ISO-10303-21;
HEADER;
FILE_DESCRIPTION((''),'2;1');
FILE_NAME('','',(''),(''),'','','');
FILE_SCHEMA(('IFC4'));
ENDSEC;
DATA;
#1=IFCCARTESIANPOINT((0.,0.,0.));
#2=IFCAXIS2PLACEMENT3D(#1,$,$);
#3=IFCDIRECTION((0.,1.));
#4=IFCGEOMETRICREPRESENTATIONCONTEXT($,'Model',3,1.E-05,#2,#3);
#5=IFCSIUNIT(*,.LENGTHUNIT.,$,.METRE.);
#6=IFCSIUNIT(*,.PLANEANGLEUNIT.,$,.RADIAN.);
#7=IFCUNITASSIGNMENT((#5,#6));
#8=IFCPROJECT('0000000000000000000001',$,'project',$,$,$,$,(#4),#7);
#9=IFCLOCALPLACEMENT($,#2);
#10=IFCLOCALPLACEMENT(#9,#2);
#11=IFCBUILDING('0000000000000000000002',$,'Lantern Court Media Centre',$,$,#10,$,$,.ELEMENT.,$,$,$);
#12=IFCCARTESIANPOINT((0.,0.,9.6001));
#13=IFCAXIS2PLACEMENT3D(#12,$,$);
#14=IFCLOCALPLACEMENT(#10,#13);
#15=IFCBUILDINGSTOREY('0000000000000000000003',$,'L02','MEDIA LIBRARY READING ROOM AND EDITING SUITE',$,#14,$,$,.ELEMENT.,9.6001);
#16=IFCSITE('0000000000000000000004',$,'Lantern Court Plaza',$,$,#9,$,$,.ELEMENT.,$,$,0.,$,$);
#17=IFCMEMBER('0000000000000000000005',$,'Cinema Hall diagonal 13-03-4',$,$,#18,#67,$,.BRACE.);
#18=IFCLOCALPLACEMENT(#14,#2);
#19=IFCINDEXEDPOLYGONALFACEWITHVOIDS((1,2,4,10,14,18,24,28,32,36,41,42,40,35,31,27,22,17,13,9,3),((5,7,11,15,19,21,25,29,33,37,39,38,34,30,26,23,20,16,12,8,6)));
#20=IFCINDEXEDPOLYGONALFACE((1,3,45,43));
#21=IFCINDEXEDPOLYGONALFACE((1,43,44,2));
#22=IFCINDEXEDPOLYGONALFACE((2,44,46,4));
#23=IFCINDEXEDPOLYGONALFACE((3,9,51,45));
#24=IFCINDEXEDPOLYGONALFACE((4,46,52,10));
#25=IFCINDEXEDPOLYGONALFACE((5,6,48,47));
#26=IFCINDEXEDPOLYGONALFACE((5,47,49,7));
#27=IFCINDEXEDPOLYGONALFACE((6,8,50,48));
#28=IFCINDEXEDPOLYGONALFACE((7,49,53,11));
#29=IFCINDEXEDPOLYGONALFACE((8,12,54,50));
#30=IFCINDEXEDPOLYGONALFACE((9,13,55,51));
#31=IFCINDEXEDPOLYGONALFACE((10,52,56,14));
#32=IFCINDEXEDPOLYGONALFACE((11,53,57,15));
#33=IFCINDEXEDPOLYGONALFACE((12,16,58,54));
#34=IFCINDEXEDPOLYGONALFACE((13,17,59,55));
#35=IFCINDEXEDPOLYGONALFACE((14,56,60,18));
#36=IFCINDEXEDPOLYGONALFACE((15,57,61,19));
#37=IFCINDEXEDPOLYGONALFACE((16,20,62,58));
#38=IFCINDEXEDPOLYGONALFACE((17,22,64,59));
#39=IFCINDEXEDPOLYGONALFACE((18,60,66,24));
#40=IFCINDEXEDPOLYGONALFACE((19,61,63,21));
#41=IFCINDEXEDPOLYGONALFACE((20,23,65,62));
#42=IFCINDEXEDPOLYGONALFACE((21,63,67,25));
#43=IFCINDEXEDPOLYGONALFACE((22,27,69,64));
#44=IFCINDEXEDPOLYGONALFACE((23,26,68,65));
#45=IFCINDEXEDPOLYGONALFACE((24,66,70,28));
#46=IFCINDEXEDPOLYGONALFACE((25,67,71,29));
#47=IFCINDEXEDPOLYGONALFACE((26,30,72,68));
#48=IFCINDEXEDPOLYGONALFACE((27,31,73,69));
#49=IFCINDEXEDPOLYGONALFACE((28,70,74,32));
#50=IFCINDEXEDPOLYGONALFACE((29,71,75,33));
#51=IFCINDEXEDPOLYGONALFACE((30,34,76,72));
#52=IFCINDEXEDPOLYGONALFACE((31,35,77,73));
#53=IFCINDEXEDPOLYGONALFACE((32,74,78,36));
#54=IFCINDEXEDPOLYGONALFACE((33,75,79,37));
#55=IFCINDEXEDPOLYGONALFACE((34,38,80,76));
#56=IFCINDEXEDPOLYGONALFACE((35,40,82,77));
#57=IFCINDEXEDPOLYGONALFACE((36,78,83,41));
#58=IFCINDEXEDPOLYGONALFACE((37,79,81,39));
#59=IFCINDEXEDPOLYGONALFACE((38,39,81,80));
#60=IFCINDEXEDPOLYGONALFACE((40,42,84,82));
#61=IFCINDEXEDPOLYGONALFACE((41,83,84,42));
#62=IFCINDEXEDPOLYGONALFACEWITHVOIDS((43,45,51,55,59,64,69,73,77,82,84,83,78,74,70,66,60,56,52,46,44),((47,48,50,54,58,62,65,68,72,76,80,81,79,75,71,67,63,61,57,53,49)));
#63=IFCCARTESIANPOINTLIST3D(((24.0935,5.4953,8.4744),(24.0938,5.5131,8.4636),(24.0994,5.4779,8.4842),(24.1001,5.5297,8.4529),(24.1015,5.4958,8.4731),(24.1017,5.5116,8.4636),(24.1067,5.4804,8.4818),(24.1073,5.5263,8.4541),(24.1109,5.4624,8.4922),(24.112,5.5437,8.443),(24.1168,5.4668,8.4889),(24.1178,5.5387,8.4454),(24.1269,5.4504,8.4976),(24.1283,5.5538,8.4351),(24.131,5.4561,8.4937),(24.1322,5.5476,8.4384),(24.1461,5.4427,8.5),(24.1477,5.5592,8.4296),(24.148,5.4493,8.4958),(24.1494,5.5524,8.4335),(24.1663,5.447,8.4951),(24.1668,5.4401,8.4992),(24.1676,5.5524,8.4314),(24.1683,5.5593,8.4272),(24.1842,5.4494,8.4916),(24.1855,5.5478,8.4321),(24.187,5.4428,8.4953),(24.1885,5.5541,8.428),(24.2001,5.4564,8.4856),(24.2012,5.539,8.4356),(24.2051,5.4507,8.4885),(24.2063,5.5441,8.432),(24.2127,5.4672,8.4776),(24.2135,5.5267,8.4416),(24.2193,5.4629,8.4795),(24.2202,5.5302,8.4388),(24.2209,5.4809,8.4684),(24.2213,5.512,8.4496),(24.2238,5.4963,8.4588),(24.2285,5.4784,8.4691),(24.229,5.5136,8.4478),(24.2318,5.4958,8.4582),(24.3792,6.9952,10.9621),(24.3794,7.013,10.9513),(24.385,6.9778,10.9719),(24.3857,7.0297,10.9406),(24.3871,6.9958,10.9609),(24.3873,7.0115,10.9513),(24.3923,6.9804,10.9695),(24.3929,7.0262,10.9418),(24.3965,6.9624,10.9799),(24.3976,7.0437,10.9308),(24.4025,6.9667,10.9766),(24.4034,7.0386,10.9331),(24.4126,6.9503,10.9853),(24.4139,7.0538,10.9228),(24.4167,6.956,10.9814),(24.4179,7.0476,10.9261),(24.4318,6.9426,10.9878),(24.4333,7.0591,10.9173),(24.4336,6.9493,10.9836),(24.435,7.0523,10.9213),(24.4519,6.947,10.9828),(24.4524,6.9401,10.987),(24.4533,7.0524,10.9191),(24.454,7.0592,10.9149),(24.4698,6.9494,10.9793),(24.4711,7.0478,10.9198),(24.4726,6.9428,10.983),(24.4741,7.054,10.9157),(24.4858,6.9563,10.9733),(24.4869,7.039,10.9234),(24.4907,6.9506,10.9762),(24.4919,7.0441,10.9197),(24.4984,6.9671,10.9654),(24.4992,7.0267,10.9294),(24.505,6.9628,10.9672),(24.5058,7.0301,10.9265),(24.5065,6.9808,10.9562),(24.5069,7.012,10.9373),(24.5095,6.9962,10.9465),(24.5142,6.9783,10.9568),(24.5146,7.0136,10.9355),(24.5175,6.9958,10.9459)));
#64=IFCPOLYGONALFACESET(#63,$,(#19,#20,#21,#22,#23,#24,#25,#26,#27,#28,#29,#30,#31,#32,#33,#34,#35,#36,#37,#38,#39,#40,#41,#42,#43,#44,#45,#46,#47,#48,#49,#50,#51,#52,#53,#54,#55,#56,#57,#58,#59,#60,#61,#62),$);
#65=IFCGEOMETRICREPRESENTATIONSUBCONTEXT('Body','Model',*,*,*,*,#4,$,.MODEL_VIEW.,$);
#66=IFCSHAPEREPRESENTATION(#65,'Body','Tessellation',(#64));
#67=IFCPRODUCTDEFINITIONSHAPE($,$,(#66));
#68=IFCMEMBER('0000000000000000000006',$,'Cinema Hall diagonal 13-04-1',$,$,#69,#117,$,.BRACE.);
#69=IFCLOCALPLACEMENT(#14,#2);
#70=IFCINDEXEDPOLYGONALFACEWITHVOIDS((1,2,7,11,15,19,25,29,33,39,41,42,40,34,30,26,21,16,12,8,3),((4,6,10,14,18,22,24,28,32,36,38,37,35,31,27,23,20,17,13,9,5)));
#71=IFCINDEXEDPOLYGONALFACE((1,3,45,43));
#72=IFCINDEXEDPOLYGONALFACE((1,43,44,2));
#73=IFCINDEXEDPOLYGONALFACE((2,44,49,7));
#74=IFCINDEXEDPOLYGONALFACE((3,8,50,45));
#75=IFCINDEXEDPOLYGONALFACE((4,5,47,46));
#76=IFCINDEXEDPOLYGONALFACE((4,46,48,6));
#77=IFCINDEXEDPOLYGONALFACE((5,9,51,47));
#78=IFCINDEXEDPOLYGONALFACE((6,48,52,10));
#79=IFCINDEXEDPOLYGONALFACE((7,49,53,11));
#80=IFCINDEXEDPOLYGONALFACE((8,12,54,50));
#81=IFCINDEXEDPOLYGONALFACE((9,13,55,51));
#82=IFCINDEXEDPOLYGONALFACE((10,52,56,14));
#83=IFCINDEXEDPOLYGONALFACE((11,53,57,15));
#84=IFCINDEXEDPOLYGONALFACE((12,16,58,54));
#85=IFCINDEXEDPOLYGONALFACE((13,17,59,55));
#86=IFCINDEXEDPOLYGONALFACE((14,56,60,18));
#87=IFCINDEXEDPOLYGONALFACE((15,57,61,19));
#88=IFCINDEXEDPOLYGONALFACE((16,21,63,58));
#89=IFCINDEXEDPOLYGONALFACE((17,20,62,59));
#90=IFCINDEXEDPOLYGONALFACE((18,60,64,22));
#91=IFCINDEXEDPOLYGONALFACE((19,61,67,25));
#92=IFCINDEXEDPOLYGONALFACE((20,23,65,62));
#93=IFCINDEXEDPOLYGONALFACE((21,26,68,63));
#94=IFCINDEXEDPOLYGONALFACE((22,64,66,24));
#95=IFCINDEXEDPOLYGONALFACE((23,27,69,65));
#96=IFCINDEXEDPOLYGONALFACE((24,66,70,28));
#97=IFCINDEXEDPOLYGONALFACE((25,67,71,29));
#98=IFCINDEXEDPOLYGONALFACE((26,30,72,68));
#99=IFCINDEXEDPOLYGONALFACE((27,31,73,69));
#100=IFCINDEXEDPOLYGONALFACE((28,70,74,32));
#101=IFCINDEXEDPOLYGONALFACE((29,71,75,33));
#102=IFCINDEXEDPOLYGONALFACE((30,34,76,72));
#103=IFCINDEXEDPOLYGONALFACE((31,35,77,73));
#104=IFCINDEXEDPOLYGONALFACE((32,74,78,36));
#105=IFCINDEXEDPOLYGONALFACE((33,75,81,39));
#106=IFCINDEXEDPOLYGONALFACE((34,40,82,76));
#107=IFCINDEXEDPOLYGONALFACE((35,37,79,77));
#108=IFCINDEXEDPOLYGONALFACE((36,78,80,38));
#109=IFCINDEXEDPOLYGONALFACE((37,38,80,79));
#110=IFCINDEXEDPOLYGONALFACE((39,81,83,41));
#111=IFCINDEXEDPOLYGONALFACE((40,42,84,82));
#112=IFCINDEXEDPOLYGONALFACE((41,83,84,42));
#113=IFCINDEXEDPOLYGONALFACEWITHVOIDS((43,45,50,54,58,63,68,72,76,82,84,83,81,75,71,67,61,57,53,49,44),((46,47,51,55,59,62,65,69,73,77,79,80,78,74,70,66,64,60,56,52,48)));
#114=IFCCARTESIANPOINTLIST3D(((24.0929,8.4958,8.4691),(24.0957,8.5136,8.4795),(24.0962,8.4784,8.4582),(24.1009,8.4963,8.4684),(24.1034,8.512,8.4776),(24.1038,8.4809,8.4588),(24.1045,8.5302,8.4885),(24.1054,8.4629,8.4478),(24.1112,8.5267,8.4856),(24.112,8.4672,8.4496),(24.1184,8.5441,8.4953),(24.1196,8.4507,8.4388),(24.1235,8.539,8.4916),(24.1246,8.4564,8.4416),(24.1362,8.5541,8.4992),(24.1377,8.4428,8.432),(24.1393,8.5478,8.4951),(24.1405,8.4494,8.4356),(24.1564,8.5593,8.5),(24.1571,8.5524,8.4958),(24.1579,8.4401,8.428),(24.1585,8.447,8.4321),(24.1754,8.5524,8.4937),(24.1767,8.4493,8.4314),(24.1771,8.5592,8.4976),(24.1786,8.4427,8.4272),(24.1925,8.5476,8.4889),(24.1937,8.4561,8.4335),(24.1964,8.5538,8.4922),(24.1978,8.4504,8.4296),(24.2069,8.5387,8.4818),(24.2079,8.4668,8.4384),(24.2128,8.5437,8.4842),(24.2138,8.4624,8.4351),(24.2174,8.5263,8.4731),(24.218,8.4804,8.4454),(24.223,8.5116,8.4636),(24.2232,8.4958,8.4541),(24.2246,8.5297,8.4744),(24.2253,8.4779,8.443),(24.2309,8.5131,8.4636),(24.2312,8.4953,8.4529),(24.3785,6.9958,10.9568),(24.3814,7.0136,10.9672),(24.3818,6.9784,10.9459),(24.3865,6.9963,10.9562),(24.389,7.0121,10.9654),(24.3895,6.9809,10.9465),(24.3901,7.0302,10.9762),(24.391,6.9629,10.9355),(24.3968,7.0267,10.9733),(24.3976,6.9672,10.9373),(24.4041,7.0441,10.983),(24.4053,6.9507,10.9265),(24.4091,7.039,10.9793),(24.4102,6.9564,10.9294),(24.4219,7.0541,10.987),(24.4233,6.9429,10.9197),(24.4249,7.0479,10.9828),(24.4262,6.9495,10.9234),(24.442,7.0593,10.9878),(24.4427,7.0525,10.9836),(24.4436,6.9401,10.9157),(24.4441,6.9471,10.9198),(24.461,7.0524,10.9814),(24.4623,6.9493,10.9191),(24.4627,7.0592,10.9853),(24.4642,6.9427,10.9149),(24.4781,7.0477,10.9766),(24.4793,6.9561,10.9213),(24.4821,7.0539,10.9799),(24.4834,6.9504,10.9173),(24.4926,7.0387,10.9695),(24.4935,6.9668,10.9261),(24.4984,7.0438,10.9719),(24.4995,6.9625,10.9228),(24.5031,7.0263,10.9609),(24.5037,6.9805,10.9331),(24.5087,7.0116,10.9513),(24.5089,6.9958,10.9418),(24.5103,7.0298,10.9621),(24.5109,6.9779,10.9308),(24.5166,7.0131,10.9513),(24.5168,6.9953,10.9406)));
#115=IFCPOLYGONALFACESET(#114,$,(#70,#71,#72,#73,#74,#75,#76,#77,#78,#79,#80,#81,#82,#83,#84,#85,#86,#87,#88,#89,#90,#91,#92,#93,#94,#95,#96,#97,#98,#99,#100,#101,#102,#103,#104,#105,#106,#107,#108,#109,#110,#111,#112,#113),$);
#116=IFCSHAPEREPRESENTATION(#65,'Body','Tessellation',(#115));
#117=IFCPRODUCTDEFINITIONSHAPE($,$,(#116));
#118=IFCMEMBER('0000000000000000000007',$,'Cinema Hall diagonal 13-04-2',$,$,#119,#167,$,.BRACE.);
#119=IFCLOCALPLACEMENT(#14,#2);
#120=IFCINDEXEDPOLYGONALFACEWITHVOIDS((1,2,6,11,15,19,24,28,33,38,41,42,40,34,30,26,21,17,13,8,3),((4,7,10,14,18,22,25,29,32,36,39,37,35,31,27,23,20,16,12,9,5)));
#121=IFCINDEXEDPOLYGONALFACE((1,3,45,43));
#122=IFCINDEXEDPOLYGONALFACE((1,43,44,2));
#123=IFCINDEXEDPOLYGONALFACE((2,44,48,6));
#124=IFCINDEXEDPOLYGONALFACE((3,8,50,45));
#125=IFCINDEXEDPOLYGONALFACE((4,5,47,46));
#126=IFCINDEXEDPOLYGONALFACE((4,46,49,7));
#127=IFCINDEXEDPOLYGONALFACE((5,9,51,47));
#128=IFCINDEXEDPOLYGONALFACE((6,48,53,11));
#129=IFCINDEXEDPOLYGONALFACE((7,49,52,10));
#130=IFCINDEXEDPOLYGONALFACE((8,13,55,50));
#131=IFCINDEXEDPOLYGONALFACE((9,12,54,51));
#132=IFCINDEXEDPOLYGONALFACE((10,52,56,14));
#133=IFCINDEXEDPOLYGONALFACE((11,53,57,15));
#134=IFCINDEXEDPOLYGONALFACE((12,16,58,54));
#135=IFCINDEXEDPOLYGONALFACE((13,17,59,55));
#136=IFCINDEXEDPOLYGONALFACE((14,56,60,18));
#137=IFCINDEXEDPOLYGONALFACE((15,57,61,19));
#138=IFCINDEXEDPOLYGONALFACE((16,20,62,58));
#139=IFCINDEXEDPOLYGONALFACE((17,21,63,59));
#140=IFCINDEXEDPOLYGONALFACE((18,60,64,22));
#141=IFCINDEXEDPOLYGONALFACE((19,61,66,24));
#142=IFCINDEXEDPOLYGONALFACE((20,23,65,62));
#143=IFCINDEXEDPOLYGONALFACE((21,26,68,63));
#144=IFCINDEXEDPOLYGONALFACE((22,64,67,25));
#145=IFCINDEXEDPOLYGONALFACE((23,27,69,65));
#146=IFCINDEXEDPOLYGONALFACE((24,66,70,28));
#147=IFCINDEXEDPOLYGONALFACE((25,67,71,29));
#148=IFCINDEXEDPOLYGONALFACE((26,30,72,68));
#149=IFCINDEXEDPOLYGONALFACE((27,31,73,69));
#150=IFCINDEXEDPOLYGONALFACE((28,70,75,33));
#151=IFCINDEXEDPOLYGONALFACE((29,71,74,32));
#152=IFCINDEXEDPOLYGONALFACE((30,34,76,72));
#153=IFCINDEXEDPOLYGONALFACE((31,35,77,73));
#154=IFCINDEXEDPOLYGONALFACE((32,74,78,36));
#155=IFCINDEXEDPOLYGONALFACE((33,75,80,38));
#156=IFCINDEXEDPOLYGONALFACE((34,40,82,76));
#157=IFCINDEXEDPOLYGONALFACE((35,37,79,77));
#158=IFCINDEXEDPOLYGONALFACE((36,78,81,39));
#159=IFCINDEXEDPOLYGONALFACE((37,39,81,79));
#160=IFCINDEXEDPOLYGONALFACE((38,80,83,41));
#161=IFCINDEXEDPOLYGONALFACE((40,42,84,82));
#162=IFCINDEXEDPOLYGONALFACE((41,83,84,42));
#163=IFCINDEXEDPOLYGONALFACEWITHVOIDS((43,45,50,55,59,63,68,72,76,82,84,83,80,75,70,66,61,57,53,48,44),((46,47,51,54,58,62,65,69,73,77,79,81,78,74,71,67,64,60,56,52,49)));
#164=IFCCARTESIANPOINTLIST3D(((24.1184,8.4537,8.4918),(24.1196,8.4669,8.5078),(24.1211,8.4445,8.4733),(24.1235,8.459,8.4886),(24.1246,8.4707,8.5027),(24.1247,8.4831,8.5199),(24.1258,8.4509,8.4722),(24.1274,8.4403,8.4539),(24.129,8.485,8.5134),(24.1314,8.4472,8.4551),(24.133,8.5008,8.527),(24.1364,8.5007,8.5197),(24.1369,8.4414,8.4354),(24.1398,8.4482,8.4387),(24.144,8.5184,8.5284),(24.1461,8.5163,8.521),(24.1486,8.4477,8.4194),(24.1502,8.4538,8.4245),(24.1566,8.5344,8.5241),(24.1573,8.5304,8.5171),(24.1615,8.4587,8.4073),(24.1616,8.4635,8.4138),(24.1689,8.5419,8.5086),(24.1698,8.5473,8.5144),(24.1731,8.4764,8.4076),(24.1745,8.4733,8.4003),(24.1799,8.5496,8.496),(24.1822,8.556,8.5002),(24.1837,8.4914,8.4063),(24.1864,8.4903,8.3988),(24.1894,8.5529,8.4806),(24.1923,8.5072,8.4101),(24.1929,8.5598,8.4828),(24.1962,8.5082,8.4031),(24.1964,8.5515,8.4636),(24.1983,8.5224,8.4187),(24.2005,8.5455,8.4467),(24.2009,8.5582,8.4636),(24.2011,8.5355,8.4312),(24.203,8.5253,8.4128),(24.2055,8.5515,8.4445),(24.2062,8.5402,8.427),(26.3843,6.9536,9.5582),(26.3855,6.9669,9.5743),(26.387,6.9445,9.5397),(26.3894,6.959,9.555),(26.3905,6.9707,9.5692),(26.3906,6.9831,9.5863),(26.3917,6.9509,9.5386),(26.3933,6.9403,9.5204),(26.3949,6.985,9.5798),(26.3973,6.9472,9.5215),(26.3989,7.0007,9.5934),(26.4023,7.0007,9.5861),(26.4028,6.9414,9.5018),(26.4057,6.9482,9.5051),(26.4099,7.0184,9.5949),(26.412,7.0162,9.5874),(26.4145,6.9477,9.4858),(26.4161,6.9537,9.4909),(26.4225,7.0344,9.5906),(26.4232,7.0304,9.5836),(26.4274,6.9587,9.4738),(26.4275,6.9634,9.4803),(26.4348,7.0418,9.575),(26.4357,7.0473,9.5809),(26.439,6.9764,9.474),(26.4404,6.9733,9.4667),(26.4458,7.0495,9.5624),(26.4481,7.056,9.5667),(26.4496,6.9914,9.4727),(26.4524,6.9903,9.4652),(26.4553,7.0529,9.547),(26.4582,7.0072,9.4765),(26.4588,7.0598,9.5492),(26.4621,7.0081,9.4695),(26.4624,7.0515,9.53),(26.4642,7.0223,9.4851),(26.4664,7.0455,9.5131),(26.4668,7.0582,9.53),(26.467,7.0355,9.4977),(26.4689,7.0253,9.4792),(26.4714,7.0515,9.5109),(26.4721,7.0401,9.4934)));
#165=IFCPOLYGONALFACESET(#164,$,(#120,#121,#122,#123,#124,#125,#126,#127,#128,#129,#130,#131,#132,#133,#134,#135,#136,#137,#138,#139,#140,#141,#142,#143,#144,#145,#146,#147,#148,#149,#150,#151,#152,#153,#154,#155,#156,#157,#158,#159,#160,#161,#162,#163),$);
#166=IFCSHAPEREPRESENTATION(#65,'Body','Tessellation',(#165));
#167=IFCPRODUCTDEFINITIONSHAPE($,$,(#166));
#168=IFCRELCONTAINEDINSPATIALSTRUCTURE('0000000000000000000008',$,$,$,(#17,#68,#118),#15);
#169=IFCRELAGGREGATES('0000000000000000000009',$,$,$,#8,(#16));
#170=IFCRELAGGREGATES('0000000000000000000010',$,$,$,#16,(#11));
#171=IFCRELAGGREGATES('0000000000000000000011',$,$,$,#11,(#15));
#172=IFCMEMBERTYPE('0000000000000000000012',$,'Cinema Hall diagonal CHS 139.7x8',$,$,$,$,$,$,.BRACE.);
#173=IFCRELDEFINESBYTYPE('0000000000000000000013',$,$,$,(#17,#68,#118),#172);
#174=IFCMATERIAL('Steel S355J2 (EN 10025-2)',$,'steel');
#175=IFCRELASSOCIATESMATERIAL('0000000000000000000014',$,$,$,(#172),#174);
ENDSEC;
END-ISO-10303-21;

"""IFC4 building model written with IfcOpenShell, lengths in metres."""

from ifc_helpers import new_model, si_unit, direction, frame, origin, origin_2d, place, context, subcontext, project, spatial, hollow_circle, extrude, material, material_profile, profile_set, type_object, element, save


model = new_model("IFC4")

# Units and contexts
model_context = context("Model", 3, precision=1e-05, world=origin(), true_north=direction((0.0, 1.0)))
body_context = subcontext(model_context, "Body", "Model", "MODEL_VIEW")
ifc_project = project(units=[si_unit("LENGTHUNIT", "METRE"), si_unit("PLANEANGLEUNIT", "RADIAN")], contexts=[model_context])

# Site, building, storey
site_placement = place(None, origin())
site = spatial("IfcSite", under=ifc_project, at=site_placement, Name="Lantern Court Plaza", CompositionType="ELEMENT", RefElevation=0.0)
building_placement = place(site_placement, origin())
building = spatial("IfcBuilding", under=site, at=building_placement, Name="Lantern Court Media Centre", CompositionType="ELEMENT")
storey_placement = place(building_placement, frame((0.0, 0.0, 9.6001)))
storey = spatial("IfcBuildingStorey", under=building, at=storey_placement, Name="L02", Description="MEDIA LIBRARY READING ROOM AND EDITING SUITE", CompositionType="ELEMENT", Elevation=9.6001)

# Members
ifc_material = material(Name="Steel S355J2 (EN 10025-2)", Category="steel")
ifc_material_profile_1 = material_profile(ifc_material, hollow_circle(Radius=0.0698, WallThickness=0.0081, at=origin_2d()), Name="Cinema Hall diagonal CHS 139.7x8")
ifc_profile_set_1 = profile_set([ifc_material_profile_1], Name="Steel S355J2 (EN 10025-2)")
member_type_1 = type_object("IfcMemberType", Name="Cinema Hall diagonal CHS 139.7x8", PredefinedType="BRACE", material=ifc_profile_set_1)
for number, where, z_axis, x_axis, name in (
    (1, (24.1624, 5.5, 8.4636), (0.097856, 0.51387, 0.852268), (-0.982347, 0.187068, 0.0), "Cinema Hall diagonal 13-03-4"),
    (2, (24.1624, 8.5, 8.4636), (0.097856, -0.51387, 0.852268), (0.982347, 0.187068, 0.0), "Cinema Hall diagonal 13-04-1"),
):
    element("IfcMember", number, at=place(storey_placement, frame(where, z_axis=z_axis, x_axis=x_axis)), inside=storey, type_object=member_type_1, Name=name, PredefinedType="BRACE", context=body_context, shape_type="SweptSolid", body=[
        extrude(hollow_circle(Radius=0.0698, WallThickness=0.0081, at=origin_2d()), origin(), (0.0, 0.0, 1.0), 2.9189),
    ])
for number, where, z_axis, x_axis, name in (
    (3, (24.1624, 8.5, 8.4636), (0.776211, -0.51385, 0.365315), (0.552002, 0.833843, 0.0), "Cinema Hall diagonal 13-04-2"),
):
    element("IfcMember", number, at=place(storey_placement, frame(where, z_axis=z_axis, x_axis=x_axis)), inside=storey, type_object=member_type_1, Name=name, PredefinedType="BRACE", context=body_context, shape_type="SweptSolid", body=[
        extrude(hollow_circle(Radius=0.0698, WallThickness=0.0081, at=origin_2d()), origin(), (0.0, 0.0, 1.0), 2.9192),
    ])

save(model, "model.ifc")
